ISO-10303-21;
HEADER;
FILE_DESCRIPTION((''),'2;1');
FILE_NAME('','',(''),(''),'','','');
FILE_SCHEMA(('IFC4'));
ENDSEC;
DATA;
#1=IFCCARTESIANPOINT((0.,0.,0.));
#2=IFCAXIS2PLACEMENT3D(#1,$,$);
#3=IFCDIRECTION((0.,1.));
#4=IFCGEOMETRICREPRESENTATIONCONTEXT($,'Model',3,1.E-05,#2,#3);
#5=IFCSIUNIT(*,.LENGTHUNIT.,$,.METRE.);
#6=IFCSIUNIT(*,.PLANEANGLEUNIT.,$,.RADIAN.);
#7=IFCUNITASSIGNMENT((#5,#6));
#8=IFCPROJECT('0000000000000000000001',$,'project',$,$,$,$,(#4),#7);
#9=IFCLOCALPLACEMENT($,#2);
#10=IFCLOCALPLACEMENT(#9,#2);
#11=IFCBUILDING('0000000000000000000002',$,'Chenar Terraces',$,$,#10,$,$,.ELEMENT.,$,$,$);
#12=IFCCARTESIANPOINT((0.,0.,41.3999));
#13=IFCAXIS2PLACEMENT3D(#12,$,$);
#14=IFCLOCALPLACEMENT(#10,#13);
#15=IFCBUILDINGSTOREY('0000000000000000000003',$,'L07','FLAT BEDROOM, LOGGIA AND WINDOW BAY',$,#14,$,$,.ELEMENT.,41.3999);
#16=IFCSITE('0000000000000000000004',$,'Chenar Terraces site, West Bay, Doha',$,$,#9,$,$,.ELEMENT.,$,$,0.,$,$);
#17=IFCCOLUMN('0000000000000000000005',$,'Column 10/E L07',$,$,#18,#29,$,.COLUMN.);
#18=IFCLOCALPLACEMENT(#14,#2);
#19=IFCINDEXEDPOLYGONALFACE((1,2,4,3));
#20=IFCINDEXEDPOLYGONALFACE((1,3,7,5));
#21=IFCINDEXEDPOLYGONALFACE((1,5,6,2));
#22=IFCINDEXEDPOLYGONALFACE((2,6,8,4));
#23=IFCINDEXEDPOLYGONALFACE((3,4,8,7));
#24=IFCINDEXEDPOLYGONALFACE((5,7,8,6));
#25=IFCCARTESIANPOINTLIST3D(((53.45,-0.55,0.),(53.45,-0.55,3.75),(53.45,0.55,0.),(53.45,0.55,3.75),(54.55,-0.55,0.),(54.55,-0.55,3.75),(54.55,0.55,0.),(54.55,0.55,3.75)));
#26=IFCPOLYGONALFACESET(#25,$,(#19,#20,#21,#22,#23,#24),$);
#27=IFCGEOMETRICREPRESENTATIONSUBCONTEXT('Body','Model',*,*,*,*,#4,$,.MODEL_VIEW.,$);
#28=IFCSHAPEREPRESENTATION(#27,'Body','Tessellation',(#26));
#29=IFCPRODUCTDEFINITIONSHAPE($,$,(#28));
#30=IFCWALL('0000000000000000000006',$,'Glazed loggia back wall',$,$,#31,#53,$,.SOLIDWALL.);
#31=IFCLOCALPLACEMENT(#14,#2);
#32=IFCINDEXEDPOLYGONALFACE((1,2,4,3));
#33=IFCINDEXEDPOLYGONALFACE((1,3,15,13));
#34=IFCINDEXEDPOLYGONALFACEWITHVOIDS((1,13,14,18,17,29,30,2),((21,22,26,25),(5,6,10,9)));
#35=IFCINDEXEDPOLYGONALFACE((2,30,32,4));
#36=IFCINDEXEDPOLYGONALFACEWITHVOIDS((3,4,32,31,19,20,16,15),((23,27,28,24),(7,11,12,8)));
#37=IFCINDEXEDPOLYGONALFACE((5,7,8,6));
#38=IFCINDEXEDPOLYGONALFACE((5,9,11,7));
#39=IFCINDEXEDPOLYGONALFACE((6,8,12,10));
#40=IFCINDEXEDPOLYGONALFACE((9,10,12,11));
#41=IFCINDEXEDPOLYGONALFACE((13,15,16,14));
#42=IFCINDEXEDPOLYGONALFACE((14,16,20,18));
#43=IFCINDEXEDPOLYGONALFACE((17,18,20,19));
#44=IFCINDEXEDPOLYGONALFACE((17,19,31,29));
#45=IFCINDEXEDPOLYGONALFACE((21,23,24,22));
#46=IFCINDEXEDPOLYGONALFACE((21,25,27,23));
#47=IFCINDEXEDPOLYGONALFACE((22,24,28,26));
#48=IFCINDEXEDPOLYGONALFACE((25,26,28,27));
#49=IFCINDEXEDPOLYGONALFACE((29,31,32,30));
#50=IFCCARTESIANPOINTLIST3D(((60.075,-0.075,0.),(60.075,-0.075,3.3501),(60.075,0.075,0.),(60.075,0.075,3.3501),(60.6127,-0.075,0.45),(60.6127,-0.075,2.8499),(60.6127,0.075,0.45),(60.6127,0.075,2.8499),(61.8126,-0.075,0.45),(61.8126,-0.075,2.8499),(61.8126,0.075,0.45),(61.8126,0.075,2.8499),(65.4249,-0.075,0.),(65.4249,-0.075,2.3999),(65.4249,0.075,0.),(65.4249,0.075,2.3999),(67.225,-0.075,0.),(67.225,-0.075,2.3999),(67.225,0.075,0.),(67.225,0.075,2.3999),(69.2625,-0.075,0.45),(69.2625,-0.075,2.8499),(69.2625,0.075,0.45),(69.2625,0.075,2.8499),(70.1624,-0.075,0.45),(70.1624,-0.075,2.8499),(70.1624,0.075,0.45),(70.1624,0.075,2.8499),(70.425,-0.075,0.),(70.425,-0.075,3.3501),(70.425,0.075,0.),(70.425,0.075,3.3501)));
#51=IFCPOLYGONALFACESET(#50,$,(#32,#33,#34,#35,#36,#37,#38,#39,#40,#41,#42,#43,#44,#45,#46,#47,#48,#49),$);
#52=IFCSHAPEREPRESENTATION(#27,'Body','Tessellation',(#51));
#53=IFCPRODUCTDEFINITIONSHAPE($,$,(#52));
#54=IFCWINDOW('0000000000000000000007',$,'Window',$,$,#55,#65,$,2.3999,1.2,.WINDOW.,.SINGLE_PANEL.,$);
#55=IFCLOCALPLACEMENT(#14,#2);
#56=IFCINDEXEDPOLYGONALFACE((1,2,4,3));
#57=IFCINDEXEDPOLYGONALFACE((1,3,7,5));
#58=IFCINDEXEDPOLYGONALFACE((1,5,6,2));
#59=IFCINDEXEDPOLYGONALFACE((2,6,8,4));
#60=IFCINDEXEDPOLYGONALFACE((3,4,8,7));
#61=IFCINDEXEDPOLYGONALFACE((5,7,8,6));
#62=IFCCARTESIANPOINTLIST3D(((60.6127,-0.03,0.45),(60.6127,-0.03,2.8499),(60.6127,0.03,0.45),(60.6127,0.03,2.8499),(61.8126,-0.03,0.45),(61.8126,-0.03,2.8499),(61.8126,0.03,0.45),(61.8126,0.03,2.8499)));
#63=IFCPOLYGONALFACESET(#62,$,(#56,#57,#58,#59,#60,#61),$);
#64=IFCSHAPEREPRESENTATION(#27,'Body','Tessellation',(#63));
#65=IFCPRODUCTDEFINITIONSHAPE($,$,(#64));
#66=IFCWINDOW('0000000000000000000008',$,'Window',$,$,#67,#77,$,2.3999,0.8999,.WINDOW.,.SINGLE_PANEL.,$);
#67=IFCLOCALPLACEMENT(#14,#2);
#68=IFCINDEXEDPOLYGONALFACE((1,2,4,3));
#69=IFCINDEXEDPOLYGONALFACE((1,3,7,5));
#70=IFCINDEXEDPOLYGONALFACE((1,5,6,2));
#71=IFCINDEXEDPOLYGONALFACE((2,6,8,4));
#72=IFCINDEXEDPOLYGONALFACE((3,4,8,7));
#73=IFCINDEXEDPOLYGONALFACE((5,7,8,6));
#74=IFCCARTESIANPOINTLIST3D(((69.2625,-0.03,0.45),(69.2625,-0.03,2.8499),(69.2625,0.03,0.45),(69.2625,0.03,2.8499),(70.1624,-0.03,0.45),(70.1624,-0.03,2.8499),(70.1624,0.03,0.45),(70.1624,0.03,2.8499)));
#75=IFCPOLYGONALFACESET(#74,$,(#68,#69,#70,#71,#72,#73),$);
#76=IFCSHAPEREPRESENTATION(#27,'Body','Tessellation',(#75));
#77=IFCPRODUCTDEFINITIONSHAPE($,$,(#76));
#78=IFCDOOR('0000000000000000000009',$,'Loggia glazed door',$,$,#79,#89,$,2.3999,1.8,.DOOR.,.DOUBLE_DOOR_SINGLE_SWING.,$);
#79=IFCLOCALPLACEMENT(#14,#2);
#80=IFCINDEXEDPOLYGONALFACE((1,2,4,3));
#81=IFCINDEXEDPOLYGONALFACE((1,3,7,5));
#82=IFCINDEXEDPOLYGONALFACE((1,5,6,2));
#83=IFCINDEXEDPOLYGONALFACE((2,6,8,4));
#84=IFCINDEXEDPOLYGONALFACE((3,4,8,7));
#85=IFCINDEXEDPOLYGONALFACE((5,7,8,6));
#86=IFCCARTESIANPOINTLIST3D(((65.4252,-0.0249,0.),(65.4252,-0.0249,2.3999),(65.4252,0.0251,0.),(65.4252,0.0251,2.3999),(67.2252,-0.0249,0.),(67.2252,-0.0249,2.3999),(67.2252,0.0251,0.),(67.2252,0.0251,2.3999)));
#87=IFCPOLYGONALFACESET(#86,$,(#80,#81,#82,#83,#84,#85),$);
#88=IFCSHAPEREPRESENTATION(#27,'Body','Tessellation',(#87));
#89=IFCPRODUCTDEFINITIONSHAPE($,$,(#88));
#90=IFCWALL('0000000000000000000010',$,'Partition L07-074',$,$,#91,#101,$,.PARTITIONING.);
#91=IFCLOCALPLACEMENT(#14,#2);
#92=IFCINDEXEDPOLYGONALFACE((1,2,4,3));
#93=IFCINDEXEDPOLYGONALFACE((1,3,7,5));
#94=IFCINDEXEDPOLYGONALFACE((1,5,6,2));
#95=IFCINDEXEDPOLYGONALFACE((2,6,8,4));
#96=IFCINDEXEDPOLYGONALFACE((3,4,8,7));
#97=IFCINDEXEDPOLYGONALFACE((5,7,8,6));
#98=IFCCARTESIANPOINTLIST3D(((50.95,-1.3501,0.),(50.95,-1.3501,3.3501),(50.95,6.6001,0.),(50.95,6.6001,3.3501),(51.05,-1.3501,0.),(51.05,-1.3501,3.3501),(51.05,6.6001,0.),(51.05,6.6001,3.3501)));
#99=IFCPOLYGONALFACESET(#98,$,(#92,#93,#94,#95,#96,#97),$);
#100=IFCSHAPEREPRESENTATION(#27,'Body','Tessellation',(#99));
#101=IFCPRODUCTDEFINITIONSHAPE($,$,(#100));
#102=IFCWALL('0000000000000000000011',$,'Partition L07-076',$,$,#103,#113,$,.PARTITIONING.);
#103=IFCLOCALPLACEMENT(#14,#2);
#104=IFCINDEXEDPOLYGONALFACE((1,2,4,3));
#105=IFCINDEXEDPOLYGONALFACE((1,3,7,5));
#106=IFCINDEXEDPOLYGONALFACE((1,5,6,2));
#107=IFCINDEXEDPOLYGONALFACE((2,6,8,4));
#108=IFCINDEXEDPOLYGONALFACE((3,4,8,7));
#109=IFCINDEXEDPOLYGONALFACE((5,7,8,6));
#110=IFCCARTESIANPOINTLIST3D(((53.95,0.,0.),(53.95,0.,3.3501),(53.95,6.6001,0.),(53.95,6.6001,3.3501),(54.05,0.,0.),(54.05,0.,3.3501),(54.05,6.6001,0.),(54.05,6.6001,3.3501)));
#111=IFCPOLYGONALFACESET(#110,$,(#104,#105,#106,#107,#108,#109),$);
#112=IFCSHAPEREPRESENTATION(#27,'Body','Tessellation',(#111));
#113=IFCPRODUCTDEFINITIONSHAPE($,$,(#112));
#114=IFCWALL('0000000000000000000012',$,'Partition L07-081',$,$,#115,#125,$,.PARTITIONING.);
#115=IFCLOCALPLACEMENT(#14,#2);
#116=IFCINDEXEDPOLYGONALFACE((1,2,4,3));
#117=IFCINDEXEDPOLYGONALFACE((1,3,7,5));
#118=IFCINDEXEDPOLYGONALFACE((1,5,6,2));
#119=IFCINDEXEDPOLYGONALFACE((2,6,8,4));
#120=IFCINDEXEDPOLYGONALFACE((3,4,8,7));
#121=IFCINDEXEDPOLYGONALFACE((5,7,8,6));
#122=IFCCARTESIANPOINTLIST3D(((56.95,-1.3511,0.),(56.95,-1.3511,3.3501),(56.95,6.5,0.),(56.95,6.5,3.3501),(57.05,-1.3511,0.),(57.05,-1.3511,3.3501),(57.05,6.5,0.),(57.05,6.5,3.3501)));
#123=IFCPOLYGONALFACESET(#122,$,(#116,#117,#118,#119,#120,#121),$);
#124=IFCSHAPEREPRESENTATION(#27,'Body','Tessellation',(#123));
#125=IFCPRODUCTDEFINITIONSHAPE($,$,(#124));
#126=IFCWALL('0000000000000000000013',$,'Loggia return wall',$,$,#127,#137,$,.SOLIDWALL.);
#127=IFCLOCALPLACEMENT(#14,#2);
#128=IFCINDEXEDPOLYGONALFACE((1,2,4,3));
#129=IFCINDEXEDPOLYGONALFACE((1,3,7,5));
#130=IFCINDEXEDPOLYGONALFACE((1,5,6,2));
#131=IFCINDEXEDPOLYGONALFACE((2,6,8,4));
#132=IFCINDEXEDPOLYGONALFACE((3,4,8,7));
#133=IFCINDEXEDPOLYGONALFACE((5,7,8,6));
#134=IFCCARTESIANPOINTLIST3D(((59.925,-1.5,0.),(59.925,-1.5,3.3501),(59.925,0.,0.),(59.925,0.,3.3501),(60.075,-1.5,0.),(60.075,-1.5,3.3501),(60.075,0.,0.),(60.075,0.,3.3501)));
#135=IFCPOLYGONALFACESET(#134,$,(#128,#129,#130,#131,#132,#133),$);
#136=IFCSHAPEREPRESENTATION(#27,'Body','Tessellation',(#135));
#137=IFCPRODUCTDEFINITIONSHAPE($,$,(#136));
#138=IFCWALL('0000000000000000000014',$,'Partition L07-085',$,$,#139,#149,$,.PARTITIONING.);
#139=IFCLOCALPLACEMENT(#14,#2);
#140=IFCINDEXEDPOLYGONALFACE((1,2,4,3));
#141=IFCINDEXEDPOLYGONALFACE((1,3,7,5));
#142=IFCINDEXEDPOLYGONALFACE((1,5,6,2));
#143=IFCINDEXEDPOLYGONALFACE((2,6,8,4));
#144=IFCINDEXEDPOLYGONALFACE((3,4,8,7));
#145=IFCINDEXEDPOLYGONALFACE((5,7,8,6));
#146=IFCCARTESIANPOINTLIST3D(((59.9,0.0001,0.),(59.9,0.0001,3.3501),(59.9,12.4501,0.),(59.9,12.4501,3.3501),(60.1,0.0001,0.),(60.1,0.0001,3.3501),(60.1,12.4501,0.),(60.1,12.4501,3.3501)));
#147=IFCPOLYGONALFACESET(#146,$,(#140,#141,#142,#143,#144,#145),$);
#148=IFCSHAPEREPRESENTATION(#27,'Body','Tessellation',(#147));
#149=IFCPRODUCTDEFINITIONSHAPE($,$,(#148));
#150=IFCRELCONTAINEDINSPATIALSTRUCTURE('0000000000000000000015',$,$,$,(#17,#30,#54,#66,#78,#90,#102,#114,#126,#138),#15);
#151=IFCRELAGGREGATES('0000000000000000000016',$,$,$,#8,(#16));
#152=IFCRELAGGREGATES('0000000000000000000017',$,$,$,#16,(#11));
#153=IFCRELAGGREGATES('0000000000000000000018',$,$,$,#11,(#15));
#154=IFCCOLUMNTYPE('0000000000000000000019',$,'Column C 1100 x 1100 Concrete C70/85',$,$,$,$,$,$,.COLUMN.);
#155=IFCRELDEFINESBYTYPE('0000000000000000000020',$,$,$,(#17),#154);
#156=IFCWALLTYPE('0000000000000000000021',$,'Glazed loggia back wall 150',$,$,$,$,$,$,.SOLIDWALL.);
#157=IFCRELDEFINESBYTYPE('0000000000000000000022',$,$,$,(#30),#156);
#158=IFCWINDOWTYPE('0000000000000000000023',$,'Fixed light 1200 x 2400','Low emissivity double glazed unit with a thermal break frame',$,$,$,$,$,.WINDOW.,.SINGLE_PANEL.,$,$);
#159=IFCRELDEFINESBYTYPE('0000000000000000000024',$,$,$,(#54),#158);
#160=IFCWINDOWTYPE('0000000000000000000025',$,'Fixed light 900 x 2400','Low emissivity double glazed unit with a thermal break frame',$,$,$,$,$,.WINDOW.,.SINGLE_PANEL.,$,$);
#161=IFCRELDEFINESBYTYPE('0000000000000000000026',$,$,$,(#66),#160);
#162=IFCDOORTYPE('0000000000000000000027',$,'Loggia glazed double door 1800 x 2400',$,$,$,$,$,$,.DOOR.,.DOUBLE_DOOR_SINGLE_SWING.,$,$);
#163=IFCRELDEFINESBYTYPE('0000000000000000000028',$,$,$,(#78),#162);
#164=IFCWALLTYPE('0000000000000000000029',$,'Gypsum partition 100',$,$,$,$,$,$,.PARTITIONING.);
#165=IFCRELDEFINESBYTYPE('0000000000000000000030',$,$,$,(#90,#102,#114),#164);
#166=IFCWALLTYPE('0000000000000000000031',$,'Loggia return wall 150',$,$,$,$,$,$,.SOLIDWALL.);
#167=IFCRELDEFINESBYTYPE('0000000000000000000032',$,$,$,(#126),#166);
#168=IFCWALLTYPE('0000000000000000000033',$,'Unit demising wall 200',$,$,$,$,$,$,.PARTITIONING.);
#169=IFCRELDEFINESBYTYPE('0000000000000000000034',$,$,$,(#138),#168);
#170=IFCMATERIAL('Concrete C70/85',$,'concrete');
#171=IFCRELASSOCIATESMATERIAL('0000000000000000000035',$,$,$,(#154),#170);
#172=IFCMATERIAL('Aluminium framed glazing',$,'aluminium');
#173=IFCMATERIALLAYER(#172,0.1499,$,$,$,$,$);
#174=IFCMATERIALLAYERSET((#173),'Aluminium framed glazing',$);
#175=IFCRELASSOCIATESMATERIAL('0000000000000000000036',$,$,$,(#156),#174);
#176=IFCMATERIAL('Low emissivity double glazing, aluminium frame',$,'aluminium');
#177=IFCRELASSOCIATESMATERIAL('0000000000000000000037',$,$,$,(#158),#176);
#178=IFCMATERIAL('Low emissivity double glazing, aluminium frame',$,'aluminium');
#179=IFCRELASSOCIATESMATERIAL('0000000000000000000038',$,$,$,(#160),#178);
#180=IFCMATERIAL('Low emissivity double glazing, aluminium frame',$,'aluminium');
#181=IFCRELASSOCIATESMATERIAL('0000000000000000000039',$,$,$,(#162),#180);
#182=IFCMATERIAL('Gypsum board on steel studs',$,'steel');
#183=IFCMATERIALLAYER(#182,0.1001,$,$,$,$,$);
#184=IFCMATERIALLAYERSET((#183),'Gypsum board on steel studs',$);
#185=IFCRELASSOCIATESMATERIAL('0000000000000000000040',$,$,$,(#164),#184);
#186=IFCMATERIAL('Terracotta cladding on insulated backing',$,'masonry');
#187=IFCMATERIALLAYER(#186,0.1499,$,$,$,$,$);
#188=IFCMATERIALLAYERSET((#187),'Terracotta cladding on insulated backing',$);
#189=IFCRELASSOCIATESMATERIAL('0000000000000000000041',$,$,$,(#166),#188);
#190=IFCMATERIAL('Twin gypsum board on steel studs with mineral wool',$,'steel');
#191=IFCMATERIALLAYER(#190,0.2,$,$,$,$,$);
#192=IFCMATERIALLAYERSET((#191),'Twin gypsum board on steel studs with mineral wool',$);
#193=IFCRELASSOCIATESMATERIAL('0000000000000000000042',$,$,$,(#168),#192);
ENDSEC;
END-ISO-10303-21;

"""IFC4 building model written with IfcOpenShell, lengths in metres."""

from ifc_helpers import new_model, si_unit, direction, frame, frame_2d, origin, origin_2d, place, context, subcontext, project, spatial, rectangle, extrude, material, layer, layer_set, material_profile, profile_set, type_object, element, fill, save


model = new_model("IFC4")

# Units and contexts
model_context = context("Model", 3, precision=1e-05, world=origin(), true_north=direction((0.0, 1.0)))
body_context = subcontext(model_context, "Body", "Model", "MODEL_VIEW")
ifc_project = project(units=[si_unit("LENGTHUNIT", "METRE"), si_unit("PLANEANGLEUNIT", "RADIAN")], contexts=[model_context])

# Site, building, storey
site_placement = place(None, origin())
site = spatial("IfcSite", under=ifc_project, at=site_placement, Name="Chenar Terraces site, West Bay, Doha", CompositionType="ELEMENT", RefElevation=0.0)
building_placement = place(site_placement, origin())
building = spatial("IfcBuilding", under=site, at=building_placement, Name="Chenar Terraces", CompositionType="ELEMENT")
storey_placement = place(building_placement, frame((0.0, 0.0, 41.3999)))
storey = spatial("IfcBuildingStorey", under=building, at=storey_placement, Name="L07", Description="FLAT BEDROOM, LOGGIA AND WINDOW BAY", CompositionType="ELEMENT", Elevation=41.3999)

# Column
ifc_material_1 = material(Name="Concrete C70/85", Category="concrete")
ifc_material_profile_1 = material_profile(ifc_material_1, rectangle(XDim=1.1001, YDim=1.1001, at=origin_2d()), Name="C 1100 x 1100")
ifc_profile_set_1 = profile_set([ifc_material_profile_1], Name="Concrete C70/85")
column_type = type_object("IfcColumnType", Name="Column C 1100 x 1100 Concrete C70/85", PredefinedType="COLUMN", material=ifc_profile_set_1)
column_placement = place(storey_placement, frame((54.0, 0.0, 0.0), z_axis=(0.0, 0.0, 1.0), x_axis=(1.0, 0.0, 0.0)))
element("IfcColumn", 1, at=column_placement, inside=storey, type_object=column_type, Name="Column 10/E L07", PredefinedType="COLUMN", context=body_context, shape_type="SweptSolid", body=[
    extrude(rectangle(XDim=1.1001, YDim=1.1001, at=origin_2d()), origin(), (0.0, 0.0, 1.0), 3.75),
])

# Wall, openings, windows, door
ifc_material_2 = material(Name="Aluminium framed glazing", Category="aluminium")
ifc_layer_1 = layer(ifc_material_2, 0.1499)
ifc_layer_set_1 = layer_set([ifc_layer_1], Name="Aluminium framed glazing")
wall_type_1 = type_object("IfcWallType", Name="Glazed loggia back wall 150", PredefinedType="SOLIDWALL", material=ifc_layer_set_1)
wall_1_placement = place(storey_placement, frame((60.075, 0.0, 0.0), z_axis=(0.0, 0.0, 1.0), x_axis=(1.0, 0.0, 0.0)))
wall_1 = element("IfcWall", 2, at=wall_1_placement, inside=storey, type_object=wall_type_1, Name="Glazed loggia back wall", PredefinedType="SOLIDWALL", context=body_context, shape_type="SweptSolid", body=[
    extrude(rectangle(XDim=10.3501, YDim=0.1499, at=frame_2d((5.175, 0.0))), origin(), (0.0, 0.0, 1.0), 3.3501),
])
opening_1_placement = place(wall_1_placement, frame((0.5376, 0.0, 0.45)))
opening_1 = element("IfcOpeningElement", 3, at=opening_1_placement, cuts=wall_1, PredefinedType="OPENING", context=body_context, shape_type="SweptSolid", body=[
    extrude(rectangle(XDim=1.2, YDim=2.3999, at=frame_2d((0.6001, 1.2))), frame((0.0, 0.085, 0.0), z_axis=(0.0, -1.0, 0.0), x_axis=(1.0, 0.0, 0.0)), (0.0, 0.0, 1.0), 0.1699),
])
opening_2_placement = place(wall_1_placement, frame((5.3501, 0.0, 0.0)))
opening_2 = element("IfcOpeningElement", 4, at=opening_2_placement, cuts=wall_1, PredefinedType="OPENING", context=body_context, shape_type="SweptSolid", body=[
    extrude(rectangle(XDim=1.8, YDim=2.3999, at=frame_2d((0.8999, 1.2))), frame((0.0, 0.085, 0.0), z_axis=(0.0, -1.0, 0.0), x_axis=(1.0, 0.0, 0.0)), (0.0, 0.0, 1.0), 0.1699),
])
opening_3_placement = place(wall_1_placement, frame((9.1875, 0.0, 0.45)))
opening_3 = element("IfcOpeningElement", 5, at=opening_3_placement, cuts=wall_1, PredefinedType="OPENING", context=body_context, shape_type="SweptSolid", body=[
    extrude(rectangle(XDim=0.8999, YDim=2.3999, at=frame_2d((0.45, 1.2))), frame((0.0, 0.085, 0.0), z_axis=(0.0, -1.0, 0.0), x_axis=(1.0, 0.0, 0.0)), (0.0, 0.0, 1.0), 0.1699),
])
ifc_material_3 = material(Name="Low emissivity double glazing, aluminium frame", Category="aluminium")
window_type_1 = type_object("IfcWindowType", Name="Fixed light 1200 x 2400", Description="Low emissivity double glazed unit with a thermal break frame", PartitioningType="SINGLE_PANEL", PredefinedType="WINDOW", material=ifc_material_3)
window_1_placement = place(opening_1_placement, origin())
window_1 = element("IfcWindow", 6, at=window_1_placement, inside=storey, type_object=window_type_1, Name="Window", OverallHeight=2.3999, OverallWidth=1.2, PartitioningType="SINGLE_PANEL", PredefinedType="WINDOW", context=body_context, shape_type="SweptSolid", body=[
    extrude(rectangle(XDim=1.2, YDim=2.3999, at=frame_2d((0.6001, 1.2))), frame((0.0, 0.03, 0.0), z_axis=(0.0, -1.0, 0.0), x_axis=(1.0, 0.0, 0.0)), (0.0, 0.0, 1.0), 0.0601),
])
fill(opening_1, window_1)
ifc_material_4 = material(Name="Low emissivity double glazing, aluminium frame", Category="aluminium")
window_type_2 = type_object("IfcWindowType", Name="Fixed light 900 x 2400", Description="Low emissivity double glazed unit with a thermal break frame", PartitioningType="SINGLE_PANEL", PredefinedType="WINDOW", material=ifc_material_4)
window_2_placement = place(opening_3_placement, origin())
window_2 = element("IfcWindow", 7, at=window_2_placement, inside=storey, type_object=window_type_2, Name="Window", OverallHeight=2.3999, OverallWidth=0.8999, PartitioningType="SINGLE_PANEL", PredefinedType="WINDOW", context=body_context, shape_type="SweptSolid", body=[
    extrude(rectangle(XDim=0.8999, YDim=2.3999, at=frame_2d((0.45, 1.2))), frame((0.0, 0.03, 0.0), z_axis=(0.0, -1.0, 0.0), x_axis=(1.0, 0.0, 0.0)), (0.0, 0.0, 1.0), 0.0601),
])
fill(opening_3, window_2)
ifc_material_5 = material(Name="Low emissivity double glazing, aluminium frame", Category="aluminium")
door_type = type_object("IfcDoorType", Name="Loggia glazed double door 1800 x 2400", OperationType="DOUBLE_DOOR_SINGLE_SWING", PredefinedType="DOOR", material=ifc_material_5)
door_placement = place(opening_2_placement, frame((1.8, 0.0, 0.0), z_axis=(0.0, 0.0, 1.0), x_axis=(-1.0, 0.0, 0.0)))
door = element("IfcDoor", 8, at=door_placement, inside=storey, type_object=door_type, Name="Loggia glazed door", OperationType="DOUBLE_DOOR_SINGLE_SWING", OverallHeight=2.3999, OverallWidth=1.8, PredefinedType="DOOR", context=body_context, shape_type="SweptSolid", body=[
    extrude(rectangle(XDim=1.8, YDim=2.3999, at=frame_2d((0.8999, 1.2))), frame((0.0, 0.0249, 0.0), z_axis=(0.0, -1.0, 0.0), x_axis=(1.0, 0.0, 0.0)), (0.0, 0.0, 1.0), 0.05),
])
fill(opening_2, door)

# Walls
ifc_material_6 = material(Name="Gypsum board on steel studs", Category="steel")
ifc_layer_2 = layer(ifc_material_6, 0.1001)
ifc_layer_set_2 = layer_set([ifc_layer_2], Name="Gypsum board on steel studs")
wall_type_2 = type_object("IfcWallType", Name="Gypsum partition 100", PredefinedType="PARTITIONING", material=ifc_layer_set_2)
wall_2_placement = place(storey_placement, frame((51.0, -1.3501, 0.0), z_axis=(0.0, 0.0, 1.0), x_axis=(0.0, 1.0, 0.0)))
element("IfcWall", 9, at=wall_2_placement, inside=storey, type_object=wall_type_2, Name="Partition L07-074", PredefinedType="PARTITIONING", context=body_context, shape_type="SweptSolid", body=[
    extrude(rectangle(XDim=7.9502, YDim=0.1001, at=frame_2d((3.9751, 0.0))), origin(), (0.0, 0.0, 1.0), 3.3501),
])
wall_3_placement = place(storey_placement, frame((54.0, 0.0, 0.0), z_axis=(0.0, 0.0, 1.0), x_axis=(0.0, 1.0, 0.0)))
element("IfcWall", 10, at=wall_3_placement, inside=storey, type_object=wall_type_2, Name="Partition L07-076", PredefinedType="PARTITIONING", context=body_context, shape_type="SweptSolid", body=[
    extrude(rectangle(XDim=6.6001, YDim=0.1001, at=frame_2d((3.3, 0.0))), origin(), (0.0, 0.0, 1.0), 3.3501),
])
wall_4_placement = place(storey_placement, frame((57.0, -1.3511, 0.0), z_axis=(0.0, 0.0, 1.0), x_axis=(0.0, 1.0, 0.0)))
element("IfcWall", 11, at=wall_4_placement, inside=storey, type_object=wall_type_2, Name="Partition L07-081", PredefinedType="PARTITIONING", context=body_context, shape_type="SweptSolid", body=[
    extrude(rectangle(XDim=7.8511, YDim=0.1001, at=frame_2d((3.9255, 0.0))), origin(), (0.0, 0.0, 1.0), 3.3501),
])
ifc_material_7 = material(Name="Terracotta cladding on insulated backing", Category="masonry")
ifc_layer_3 = layer(ifc_material_7, 0.1499)
ifc_layer_set_3 = layer_set([ifc_layer_3], Name="Terracotta cladding on insulated backing")
wall_type_3 = type_object("IfcWallType", Name="Loggia return wall 150", PredefinedType="SOLIDWALL", material=ifc_layer_set_3)
wall_5_placement = place(storey_placement, frame((60.0, -1.5, 0.0), z_axis=(0.0, 0.0, 1.0), x_axis=(0.0, 1.0, 0.0)))
element("IfcWall", 12, at=wall_5_placement, inside=storey, type_object=wall_type_3, Name="Loggia return wall", PredefinedType="SOLIDWALL", context=body_context, shape_type="SweptSolid", body=[
    extrude(rectangle(XDim=1.5, YDim=0.1499, at=frame_2d((0.75, 0.0))), origin(), (0.0, 0.0, 1.0), 3.3501),
])
ifc_material_8 = material(Name="Twin gypsum board on steel studs with mineral wool", Category="steel")
ifc_layer_4 = layer(ifc_material_8, 0.2)
ifc_layer_set_4 = layer_set([ifc_layer_4], Name="Twin gypsum board on steel studs with mineral wool")
wall_type_4 = type_object("IfcWallType", Name="Unit demising wall 200", PredefinedType="PARTITIONING", material=ifc_layer_set_4)
wall_6_placement = place(storey_placement, frame((60.0, 0.0, 0.0), z_axis=(0.0, 0.0, 1.0), x_axis=(0.0, 1.0, 0.0)))
element("IfcWall", 13, at=wall_6_placement, inside=storey, type_object=wall_type_4, Name="Partition L07-085", PredefinedType="PARTITIONING", context=body_context, shape_type="SweptSolid", body=[
    extrude(rectangle(XDim=12.45, YDim=0.2, at=frame_2d((6.2251, 0.0))), origin(), (0.0, 0.0, 1.0), 3.3501),
])

save(model, "model.ifc")
